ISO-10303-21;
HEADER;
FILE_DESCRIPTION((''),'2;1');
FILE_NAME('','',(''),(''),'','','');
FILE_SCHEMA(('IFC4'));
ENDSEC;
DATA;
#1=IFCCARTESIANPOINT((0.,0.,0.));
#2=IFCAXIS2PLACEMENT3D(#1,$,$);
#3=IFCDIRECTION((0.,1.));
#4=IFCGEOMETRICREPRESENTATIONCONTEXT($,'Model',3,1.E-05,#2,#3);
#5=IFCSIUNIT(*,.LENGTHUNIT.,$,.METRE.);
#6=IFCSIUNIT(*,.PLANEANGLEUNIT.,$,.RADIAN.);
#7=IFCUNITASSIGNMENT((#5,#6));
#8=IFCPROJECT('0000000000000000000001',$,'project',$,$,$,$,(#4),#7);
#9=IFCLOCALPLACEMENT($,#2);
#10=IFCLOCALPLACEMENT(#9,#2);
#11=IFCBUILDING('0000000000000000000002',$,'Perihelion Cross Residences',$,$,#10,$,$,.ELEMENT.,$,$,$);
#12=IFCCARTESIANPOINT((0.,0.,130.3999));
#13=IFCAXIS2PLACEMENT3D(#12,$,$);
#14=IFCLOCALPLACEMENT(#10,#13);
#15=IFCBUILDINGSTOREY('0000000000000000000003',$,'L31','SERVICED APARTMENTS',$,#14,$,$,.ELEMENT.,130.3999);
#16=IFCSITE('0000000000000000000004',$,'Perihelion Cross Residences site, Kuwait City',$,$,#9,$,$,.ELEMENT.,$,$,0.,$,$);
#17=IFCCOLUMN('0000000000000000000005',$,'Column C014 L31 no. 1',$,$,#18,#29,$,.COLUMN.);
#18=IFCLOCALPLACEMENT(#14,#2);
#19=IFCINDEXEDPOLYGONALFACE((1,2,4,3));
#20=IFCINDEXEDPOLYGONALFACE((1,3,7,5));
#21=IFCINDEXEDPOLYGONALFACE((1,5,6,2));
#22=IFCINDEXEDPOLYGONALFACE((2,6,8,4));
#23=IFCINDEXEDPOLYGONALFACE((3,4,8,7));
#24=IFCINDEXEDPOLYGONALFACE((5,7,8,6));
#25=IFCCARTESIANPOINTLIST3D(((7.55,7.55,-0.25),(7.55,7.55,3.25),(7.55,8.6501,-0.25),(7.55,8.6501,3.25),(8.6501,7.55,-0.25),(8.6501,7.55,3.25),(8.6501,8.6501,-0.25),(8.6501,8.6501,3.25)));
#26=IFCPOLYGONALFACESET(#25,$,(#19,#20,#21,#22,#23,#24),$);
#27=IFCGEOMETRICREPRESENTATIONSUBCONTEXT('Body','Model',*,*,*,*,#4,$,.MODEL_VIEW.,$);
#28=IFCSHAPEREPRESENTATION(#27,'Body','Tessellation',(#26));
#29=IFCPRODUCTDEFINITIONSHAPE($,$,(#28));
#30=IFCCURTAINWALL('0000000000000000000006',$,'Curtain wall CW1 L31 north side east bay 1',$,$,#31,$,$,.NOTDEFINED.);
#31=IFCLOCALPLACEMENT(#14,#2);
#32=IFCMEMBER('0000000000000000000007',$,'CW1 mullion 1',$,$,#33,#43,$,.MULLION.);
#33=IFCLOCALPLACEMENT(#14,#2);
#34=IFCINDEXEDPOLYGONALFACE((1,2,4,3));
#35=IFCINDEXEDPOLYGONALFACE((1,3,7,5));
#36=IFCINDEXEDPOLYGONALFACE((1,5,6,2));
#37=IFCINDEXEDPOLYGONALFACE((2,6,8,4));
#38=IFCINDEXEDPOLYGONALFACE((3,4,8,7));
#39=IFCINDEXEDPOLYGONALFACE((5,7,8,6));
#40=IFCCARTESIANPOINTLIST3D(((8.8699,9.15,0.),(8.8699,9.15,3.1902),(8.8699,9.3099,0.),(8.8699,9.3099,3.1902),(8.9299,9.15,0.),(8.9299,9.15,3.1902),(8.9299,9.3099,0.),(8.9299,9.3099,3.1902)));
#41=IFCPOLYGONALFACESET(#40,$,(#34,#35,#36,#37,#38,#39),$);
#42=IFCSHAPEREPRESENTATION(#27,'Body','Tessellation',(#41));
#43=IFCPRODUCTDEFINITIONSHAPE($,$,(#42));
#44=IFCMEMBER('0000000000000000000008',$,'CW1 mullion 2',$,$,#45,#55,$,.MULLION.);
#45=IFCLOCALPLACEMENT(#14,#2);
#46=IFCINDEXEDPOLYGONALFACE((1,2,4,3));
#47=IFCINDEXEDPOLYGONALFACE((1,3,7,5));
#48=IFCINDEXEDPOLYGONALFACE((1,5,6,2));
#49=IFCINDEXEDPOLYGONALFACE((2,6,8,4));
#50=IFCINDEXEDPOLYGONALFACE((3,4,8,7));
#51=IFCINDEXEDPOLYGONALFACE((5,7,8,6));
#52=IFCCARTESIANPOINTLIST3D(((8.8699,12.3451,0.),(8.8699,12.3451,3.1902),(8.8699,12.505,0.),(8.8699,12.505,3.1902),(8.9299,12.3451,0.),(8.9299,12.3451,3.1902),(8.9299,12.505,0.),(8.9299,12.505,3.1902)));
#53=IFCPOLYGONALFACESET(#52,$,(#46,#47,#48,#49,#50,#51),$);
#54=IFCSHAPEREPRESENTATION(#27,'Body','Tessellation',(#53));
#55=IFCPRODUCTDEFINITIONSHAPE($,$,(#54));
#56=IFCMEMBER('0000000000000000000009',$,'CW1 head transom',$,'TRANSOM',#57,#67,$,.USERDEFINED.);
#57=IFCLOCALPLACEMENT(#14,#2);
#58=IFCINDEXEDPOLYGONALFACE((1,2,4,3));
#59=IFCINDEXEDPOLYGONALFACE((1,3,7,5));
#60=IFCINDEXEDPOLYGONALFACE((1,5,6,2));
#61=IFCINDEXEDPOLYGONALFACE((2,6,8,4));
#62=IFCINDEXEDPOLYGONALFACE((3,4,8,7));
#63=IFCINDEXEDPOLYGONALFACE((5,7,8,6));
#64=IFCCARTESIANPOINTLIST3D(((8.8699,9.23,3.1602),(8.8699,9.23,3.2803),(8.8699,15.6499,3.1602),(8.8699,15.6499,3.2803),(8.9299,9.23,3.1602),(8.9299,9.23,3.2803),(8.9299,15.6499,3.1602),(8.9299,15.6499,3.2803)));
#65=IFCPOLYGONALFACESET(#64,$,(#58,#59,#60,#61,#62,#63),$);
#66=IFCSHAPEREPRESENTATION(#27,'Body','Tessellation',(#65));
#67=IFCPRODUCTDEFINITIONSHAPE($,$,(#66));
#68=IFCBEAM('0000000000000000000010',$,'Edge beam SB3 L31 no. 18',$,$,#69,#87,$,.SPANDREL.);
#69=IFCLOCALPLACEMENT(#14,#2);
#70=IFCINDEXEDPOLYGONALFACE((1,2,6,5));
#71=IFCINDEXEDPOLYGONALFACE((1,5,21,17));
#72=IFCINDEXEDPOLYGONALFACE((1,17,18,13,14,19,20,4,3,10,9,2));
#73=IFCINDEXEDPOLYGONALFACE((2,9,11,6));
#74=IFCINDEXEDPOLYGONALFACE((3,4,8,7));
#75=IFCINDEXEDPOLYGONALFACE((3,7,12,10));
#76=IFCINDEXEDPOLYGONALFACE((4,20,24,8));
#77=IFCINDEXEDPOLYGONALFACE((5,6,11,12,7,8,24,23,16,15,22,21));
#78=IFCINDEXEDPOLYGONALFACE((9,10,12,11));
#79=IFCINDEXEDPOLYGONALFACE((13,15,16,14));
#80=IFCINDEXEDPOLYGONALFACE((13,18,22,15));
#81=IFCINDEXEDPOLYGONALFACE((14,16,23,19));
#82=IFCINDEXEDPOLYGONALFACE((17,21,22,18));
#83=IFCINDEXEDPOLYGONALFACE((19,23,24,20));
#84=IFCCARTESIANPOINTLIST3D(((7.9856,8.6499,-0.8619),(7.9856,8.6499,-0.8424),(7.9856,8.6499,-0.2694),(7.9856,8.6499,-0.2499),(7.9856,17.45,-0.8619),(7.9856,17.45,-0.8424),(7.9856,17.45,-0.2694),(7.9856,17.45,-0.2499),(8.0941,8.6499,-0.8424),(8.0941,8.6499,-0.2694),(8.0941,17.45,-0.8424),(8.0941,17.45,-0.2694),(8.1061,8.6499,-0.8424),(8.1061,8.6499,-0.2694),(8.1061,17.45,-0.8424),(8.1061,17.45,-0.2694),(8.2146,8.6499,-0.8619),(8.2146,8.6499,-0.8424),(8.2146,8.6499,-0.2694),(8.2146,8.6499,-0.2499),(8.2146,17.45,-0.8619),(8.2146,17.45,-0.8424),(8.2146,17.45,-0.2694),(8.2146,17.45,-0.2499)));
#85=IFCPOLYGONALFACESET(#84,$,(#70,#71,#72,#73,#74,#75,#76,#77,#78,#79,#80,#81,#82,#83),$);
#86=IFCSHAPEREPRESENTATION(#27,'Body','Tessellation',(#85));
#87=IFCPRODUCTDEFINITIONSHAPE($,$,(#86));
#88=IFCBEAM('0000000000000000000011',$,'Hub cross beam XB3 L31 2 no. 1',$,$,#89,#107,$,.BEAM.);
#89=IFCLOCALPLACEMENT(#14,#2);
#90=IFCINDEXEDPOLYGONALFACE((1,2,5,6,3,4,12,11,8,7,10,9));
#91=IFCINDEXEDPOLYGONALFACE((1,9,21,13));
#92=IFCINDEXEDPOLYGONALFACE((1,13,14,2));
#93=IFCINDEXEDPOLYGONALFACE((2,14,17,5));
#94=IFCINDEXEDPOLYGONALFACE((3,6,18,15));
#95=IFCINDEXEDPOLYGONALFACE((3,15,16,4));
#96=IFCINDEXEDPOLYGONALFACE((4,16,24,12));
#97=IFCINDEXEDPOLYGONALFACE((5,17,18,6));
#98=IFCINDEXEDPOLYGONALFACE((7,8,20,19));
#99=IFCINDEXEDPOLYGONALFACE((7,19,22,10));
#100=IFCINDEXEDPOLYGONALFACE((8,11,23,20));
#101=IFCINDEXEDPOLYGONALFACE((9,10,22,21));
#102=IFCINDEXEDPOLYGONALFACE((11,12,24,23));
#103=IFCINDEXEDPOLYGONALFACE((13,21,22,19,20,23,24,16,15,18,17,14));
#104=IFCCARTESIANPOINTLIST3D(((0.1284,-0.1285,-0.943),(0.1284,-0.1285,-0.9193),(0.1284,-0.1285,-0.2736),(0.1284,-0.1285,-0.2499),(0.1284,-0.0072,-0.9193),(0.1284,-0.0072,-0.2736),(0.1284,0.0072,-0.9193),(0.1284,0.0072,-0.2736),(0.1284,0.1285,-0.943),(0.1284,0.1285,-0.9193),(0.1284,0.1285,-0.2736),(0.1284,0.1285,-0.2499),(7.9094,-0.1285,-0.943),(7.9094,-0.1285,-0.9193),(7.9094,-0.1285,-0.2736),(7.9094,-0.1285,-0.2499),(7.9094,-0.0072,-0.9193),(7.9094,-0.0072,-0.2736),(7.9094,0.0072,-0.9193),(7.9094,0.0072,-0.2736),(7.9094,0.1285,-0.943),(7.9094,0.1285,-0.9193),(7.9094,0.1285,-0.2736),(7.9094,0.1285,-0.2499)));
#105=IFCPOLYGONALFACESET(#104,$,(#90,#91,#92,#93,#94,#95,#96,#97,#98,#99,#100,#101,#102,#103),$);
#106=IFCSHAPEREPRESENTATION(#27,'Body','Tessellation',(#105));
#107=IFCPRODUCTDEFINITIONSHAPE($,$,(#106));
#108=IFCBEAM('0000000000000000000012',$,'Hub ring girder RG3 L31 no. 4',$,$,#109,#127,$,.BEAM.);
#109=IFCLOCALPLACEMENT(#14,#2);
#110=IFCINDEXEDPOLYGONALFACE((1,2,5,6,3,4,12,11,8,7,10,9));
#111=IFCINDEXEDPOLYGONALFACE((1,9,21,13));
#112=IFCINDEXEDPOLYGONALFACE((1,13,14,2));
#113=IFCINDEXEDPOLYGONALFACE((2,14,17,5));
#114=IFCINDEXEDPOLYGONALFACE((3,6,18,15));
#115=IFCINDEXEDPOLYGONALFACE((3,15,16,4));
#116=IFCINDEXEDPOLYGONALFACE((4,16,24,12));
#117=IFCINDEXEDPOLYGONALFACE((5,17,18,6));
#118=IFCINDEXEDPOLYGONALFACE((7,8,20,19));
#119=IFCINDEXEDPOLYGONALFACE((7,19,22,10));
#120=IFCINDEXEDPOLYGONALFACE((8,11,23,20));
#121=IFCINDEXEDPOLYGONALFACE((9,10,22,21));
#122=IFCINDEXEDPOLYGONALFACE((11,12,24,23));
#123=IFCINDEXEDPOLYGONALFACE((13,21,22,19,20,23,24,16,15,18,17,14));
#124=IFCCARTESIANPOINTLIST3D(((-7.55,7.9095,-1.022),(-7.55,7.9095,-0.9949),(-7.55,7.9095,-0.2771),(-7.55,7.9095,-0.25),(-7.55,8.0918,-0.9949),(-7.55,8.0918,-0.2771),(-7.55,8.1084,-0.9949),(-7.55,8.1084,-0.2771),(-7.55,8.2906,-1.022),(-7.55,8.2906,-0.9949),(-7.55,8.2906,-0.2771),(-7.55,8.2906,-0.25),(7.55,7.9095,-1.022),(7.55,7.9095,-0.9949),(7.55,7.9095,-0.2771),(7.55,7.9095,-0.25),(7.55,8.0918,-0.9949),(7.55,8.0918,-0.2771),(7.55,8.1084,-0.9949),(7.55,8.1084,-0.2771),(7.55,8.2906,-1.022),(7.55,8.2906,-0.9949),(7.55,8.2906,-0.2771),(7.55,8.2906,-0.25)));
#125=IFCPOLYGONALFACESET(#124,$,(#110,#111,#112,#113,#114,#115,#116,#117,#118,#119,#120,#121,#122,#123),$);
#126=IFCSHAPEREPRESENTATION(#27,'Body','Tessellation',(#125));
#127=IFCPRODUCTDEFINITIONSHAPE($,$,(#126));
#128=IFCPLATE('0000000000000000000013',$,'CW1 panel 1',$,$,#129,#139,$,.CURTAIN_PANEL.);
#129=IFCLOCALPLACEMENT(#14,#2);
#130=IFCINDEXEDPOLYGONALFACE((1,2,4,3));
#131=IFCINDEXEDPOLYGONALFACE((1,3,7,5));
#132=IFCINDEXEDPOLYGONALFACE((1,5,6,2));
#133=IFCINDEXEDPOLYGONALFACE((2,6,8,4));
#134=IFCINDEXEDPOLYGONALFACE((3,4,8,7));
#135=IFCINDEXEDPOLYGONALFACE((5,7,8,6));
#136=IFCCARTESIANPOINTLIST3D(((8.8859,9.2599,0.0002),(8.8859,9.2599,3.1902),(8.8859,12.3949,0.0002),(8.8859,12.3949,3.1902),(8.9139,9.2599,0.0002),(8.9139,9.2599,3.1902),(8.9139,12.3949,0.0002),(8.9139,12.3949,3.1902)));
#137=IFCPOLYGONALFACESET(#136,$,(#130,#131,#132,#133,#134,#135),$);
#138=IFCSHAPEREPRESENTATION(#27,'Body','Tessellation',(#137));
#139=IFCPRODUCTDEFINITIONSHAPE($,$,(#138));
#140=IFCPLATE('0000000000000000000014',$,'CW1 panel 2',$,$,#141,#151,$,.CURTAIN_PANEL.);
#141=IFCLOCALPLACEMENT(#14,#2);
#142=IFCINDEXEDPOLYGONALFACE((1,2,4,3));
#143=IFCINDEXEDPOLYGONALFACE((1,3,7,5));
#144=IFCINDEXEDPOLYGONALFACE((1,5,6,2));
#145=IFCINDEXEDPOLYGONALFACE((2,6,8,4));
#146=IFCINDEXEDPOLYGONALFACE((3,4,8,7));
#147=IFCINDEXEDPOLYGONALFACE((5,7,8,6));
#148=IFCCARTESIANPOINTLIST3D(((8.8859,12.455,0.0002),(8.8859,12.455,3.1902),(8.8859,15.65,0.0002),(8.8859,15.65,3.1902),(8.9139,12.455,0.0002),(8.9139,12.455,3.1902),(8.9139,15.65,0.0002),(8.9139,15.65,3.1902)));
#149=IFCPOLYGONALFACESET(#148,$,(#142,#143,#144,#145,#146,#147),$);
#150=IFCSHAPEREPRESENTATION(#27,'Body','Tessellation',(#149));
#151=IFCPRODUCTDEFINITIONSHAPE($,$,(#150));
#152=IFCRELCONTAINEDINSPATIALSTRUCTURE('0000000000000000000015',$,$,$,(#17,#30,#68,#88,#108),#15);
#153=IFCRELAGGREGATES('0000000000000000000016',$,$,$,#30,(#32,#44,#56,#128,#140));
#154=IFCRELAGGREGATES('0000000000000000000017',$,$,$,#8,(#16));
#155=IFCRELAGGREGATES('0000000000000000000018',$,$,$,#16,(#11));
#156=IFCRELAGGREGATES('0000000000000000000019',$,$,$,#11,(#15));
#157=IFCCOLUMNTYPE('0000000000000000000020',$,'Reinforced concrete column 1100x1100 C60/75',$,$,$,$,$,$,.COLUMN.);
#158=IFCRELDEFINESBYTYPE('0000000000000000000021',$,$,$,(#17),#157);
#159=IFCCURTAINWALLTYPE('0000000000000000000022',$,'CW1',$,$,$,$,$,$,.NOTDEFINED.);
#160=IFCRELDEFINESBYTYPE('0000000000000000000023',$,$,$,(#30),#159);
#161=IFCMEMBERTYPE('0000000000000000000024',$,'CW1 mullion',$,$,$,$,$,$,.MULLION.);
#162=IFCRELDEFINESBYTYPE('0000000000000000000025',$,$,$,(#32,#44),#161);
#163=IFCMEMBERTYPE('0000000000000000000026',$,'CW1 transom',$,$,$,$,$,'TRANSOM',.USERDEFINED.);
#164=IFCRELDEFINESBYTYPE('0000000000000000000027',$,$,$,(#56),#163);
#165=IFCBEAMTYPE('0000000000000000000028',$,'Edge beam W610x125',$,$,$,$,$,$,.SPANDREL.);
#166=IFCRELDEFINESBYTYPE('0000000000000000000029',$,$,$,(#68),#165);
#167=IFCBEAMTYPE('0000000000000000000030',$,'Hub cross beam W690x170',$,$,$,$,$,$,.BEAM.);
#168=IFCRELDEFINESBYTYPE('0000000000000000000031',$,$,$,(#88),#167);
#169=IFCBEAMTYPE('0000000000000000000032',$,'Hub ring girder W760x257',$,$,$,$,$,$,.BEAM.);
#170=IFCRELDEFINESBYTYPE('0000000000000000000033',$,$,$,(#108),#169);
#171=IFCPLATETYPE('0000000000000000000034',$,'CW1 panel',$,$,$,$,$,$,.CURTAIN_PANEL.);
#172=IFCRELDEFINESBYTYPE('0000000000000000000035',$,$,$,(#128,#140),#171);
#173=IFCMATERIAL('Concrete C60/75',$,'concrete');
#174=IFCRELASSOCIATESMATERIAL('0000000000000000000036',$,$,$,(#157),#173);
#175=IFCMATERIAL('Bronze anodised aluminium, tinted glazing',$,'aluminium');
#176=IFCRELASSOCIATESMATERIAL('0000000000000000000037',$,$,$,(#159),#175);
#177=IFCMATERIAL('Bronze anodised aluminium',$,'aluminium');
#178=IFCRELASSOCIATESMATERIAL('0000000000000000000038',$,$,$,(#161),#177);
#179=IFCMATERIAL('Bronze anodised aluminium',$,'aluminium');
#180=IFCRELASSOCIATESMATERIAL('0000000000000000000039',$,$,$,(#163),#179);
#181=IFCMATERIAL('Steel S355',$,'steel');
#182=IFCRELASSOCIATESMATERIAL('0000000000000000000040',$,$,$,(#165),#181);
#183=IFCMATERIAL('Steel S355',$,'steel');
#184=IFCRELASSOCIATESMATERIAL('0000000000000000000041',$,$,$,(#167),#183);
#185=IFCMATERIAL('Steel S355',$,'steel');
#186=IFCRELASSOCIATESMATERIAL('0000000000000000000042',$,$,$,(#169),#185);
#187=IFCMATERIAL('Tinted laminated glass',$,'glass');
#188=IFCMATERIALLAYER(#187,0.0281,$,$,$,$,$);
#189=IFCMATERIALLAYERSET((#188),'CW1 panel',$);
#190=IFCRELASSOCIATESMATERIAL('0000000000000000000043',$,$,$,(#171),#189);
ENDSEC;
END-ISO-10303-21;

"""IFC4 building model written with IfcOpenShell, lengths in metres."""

from ifc_helpers import new_model, si_unit, direction, frame, origin, origin_2d, place, context, subcontext, project, spatial, rectangle, i_section, extrude, material, layer, layer_set, material_profile, profile_set, type_object, element, aggregate, save


model = new_model("IFC4")

# Units and contexts
model_context = context("Model", 3, precision=1e-05, world=origin(), true_north=direction((0.0, 1.0)))
body_context = subcontext(model_context, "Body", "Model", "MODEL_VIEW")
ifc_project = project(units=[si_unit("LENGTHUNIT", "METRE"), si_unit("PLANEANGLEUNIT", "RADIAN")], contexts=[model_context])

# Site, building, storey
site_placement = place(None, origin())
site = spatial("IfcSite", under=ifc_project, at=site_placement, Name="Perihelion Cross Residences site, Kuwait City", CompositionType="ELEMENT", RefElevation=0.0)
building_placement = place(site_placement, origin())
building = spatial("IfcBuilding", under=site, at=building_placement, Name="Perihelion Cross Residences", CompositionType="ELEMENT")
storey_placement = place(building_placement, frame((0.0, 0.0, 130.3999)))
storey = spatial("IfcBuildingStorey", under=building, at=storey_placement, Name="L31", Description="SERVICED APARTMENTS", CompositionType="ELEMENT", Elevation=130.3999)

# Column
ifc_material_1 = material(Name="Concrete C60/75", Category="concrete")
ifc_material_profile_1 = material_profile(ifc_material_1, rectangle(XDim=1.1001, YDim=1.1001, at=origin_2d()), Name="RC 1100x1100")
ifc_profile_set_1 = profile_set([ifc_material_profile_1], Name="Concrete C60/75")
column_type = type_object("IfcColumnType", Name="Reinforced concrete column 1100x1100 C60/75", PredefinedType="COLUMN", material=ifc_profile_set_1)
column_placement = place(storey_placement, frame((8.1001, 8.1001, -0.25), z_axis=(0.0, 0.0, 1.0), x_axis=(1.0, 0.0, 0.0)))
element("IfcColumn", 1, at=column_placement, inside=storey, type_object=column_type, Name="Column C014 L31 no. 1", PredefinedType="COLUMN", context=body_context, shape_type="SweptSolid", body=[
    extrude(rectangle(XDim=1.1001, YDim=1.1001, at=origin_2d()), origin(), (0.0, 0.0, 1.0), 3.5),
])

# Curtain wall, members
ifc_material_2 = material(Name="Bronze anodised aluminium, tinted glazing", Category="aluminium")
curtain_wall_type = type_object("IfcCurtainWallType", Name="CW1", PredefinedType="NOTDEFINED", material=ifc_material_2)
curtain_wall_placement = place(storey_placement, origin())
curtain_wall = element("IfcCurtainWall", 2, at=curtain_wall_placement, inside=storey, type_object=curtain_wall_type, Name="Curtain wall CW1 L31 north side east bay 1", PredefinedType="NOTDEFINED")
ifc_material_3 = material(Name="Bronze anodised aluminium", Category="aluminium")
ifc_material_profile_2 = material_profile(ifc_material_3, rectangle(XDim=0.0601, YDim=0.1599, at=origin_2d()), Name="CW1 mullion")
ifc_profile_set_2 = profile_set([ifc_material_profile_2], Name="Bronze anodised aluminium")
member_type_1 = type_object("IfcMemberType", Name="CW1 mullion", PredefinedType="MULLION", material=ifc_profile_set_2)
member_1_placement = place(storey_placement, frame((8.8999, 9.23, 0.0), z_axis=(0.0, 0.0, 1.0), x_axis=(-1.0, 0.0, 0.0)))
member_1 = element("IfcMember", 3, at=member_1_placement, type_object=member_type_1, Name="CW1 mullion 1", PredefinedType="MULLION", context=body_context, shape_type="SweptSolid", body=[
    extrude(rectangle(XDim=0.0601, YDim=0.1599, at=origin_2d()), origin(), (0.0, 0.0, 1.0), 3.1902),
])
member_2_placement = place(storey_placement, frame((8.8999, 12.425, 0.0), z_axis=(0.0, 0.0, 1.0), x_axis=(-1.0, 0.0, 0.0)))
member_2 = element("IfcMember", 4, at=member_2_placement, type_object=member_type_1, Name="CW1 mullion 2", PredefinedType="MULLION", context=body_context, shape_type="SweptSolid", body=[
    extrude(rectangle(XDim=0.0601, YDim=0.1599, at=origin_2d()), origin(), (0.0, 0.0, 1.0), 3.1902),
])
ifc_material_4 = material(Name="Bronze anodised aluminium", Category="aluminium")
ifc_material_profile_3 = material_profile(ifc_material_4, rectangle(XDim=0.0601, YDim=0.1201, at=origin_2d()), Name="CW1 transom")
ifc_profile_set_3 = profile_set([ifc_material_profile_3], Name="Bronze anodised aluminium")
member_type_2 = type_object("IfcMemberType", Name="CW1 transom", ElementType="TRANSOM", PredefinedType="USERDEFINED", material=ifc_profile_set_3)
member_3_placement = place(storey_placement, frame((8.8999, 9.23, 3.2202), z_axis=(0.0, 1.0, 0.0), x_axis=(-1.0, 0.0, 0.0)))
member_3 = element("IfcMember", 5, at=member_3_placement, type_object=member_type_2, Name="CW1 head transom", ObjectType="TRANSOM", PredefinedType="USERDEFINED", context=body_context, shape_type="SweptSolid", body=[
    extrude(rectangle(XDim=0.0601, YDim=0.1201, at=origin_2d()), origin(), (0.0, 0.0, 1.0), 6.4199),
])

# Beams
ifc_material_5 = material(Name="Steel S355", Category="steel")
ifc_material_profile_4 = material_profile(ifc_material_5, i_section(OverallWidth=0.229, OverallDepth=0.6121, WebThickness=0.012, FlangeThickness=0.0195, at=origin_2d()), Name="W610x125")
ifc_profile_set_4 = profile_set([ifc_material_profile_4], Name="Steel S355")
beam_type_1 = type_object("IfcBeamType", Name="Edge beam W610x125", PredefinedType="SPANDREL", material=ifc_profile_set_4)
beam_1_placement = place(storey_placement, frame((8.1001, 8.6499, -0.5559), z_axis=(0.0, 1.0, 0.0), x_axis=(-1.0, 0.0, 0.0)))
element("IfcBeam", 6, at=beam_1_placement, inside=storey, type_object=beam_type_1, Name="Edge beam SB3 L31 no. 18", PredefinedType="SPANDREL", context=body_context, shape_type="SweptSolid", body=[
    extrude(i_section(OverallWidth=0.229, OverallDepth=0.6121, WebThickness=0.012, FlangeThickness=0.0195, at=origin_2d()), origin(), (0.0, 0.0, 1.0), 8.8),
])
ifc_material_6 = material(Name="Steel S355", Category="steel")
ifc_material_profile_5 = material_profile(ifc_material_6, i_section(OverallWidth=0.2571, OverallDepth=0.6931, WebThickness=0.0144, FlangeThickness=0.0237, at=origin_2d()), Name="W690x170")
ifc_profile_set_5 = profile_set([ifc_material_profile_5], Name="Steel S355")
beam_type_2 = type_object("IfcBeamType", Name="Hub cross beam W690x170", PredefinedType="BEAM", material=ifc_profile_set_5)
beam_2_placement = place(storey_placement, frame((0.1284, 0.0, -0.5964), z_axis=(1.0, 0.0, 0.0), x_axis=(0.0, 1.0, 0.0)))
element("IfcBeam", 7, at=beam_2_placement, inside=storey, type_object=beam_type_2, Name="Hub cross beam XB3 L31 2 no. 1", PredefinedType="BEAM", context=body_context, shape_type="SweptSolid", body=[
    extrude(i_section(OverallWidth=0.2571, OverallDepth=0.6931, WebThickness=0.0144, FlangeThickness=0.0237, at=origin_2d()), origin(), (0.0, 0.0, 1.0), 7.781),
])
ifc_material_7 = material(Name="Steel S355", Category="steel")
ifc_material_profile_6 = material_profile(ifc_material_7, i_section(OverallWidth=0.3811, OverallDepth=0.772, WebThickness=0.0166, FlangeThickness=0.0271, at=origin_2d()), Name="W760x257")
ifc_profile_set_6 = profile_set([ifc_material_profile_6], Name="Steel S355")
beam_type_3 = type_object("IfcBeamType", Name="Hub ring girder W760x257", PredefinedType="BEAM", material=ifc_profile_set_6)
beam_3_placement = place(storey_placement, frame((7.55, 8.1001, -0.636), z_axis=(-1.0, 0.0, 0.0), x_axis=(0.0, -1.0, 0.0)))
element("IfcBeam", 8, at=beam_3_placement, inside=storey, type_object=beam_type_3, Name="Hub ring girder RG3 L31 no. 4", PredefinedType="BEAM", context=body_context, shape_type="SweptSolid", body=[
    extrude(i_section(OverallWidth=0.3811, OverallDepth=0.772, WebThickness=0.0166, FlangeThickness=0.0271, at=origin_2d()), origin(), (0.0, 0.0, 1.0), 15.1001),
])

# Plates
ifc_material_8 = material(Name="Tinted laminated glass", Category="glass")
ifc_layer_1 = layer(ifc_material_8, 0.0281)
ifc_layer_set_1 = layer_set([ifc_layer_1], Name="CW1 panel")
plate_type = type_object("IfcPlateType", Name="CW1 panel", PredefinedType="CURTAIN_PANEL", material=ifc_layer_set_1)
plate_1_placement = place(storey_placement, frame((8.8999, 10.8274, 0.0002), z_axis=(0.0, 0.0, 1.0), x_axis=(0.0, 1.0, 0.0)))
plate_1 = element("IfcPlate", 9, at=plate_1_placement, type_object=plate_type, Name="CW1 panel 1", PredefinedType="CURTAIN_PANEL", context=body_context, shape_type="SweptSolid", body=[
    extrude(rectangle(XDim=3.135, YDim=0.0281, at=origin_2d()), origin(), (0.0, 0.0, 1.0), 3.1899),
])
plate_2_placement = place(storey_placement, frame((8.8999, 14.0525, 0.0002), z_axis=(0.0, 0.0, 1.0), x_axis=(0.0, 1.0, 0.0)))
plate_2 = element("IfcPlate", 10, at=plate_2_placement, type_object=plate_type, Name="CW1 panel 2", PredefinedType="CURTAIN_PANEL", context=body_context, shape_type="SweptSolid", body=[
    extrude(rectangle(XDim=3.1951, YDim=0.0281, at=origin_2d()), origin(), (0.0, 0.0, 1.0), 3.1899),
])
aggregate(curtain_wall, [member_1, member_2, member_3, plate_1, plate_2])

save(model, "model.ifc")
